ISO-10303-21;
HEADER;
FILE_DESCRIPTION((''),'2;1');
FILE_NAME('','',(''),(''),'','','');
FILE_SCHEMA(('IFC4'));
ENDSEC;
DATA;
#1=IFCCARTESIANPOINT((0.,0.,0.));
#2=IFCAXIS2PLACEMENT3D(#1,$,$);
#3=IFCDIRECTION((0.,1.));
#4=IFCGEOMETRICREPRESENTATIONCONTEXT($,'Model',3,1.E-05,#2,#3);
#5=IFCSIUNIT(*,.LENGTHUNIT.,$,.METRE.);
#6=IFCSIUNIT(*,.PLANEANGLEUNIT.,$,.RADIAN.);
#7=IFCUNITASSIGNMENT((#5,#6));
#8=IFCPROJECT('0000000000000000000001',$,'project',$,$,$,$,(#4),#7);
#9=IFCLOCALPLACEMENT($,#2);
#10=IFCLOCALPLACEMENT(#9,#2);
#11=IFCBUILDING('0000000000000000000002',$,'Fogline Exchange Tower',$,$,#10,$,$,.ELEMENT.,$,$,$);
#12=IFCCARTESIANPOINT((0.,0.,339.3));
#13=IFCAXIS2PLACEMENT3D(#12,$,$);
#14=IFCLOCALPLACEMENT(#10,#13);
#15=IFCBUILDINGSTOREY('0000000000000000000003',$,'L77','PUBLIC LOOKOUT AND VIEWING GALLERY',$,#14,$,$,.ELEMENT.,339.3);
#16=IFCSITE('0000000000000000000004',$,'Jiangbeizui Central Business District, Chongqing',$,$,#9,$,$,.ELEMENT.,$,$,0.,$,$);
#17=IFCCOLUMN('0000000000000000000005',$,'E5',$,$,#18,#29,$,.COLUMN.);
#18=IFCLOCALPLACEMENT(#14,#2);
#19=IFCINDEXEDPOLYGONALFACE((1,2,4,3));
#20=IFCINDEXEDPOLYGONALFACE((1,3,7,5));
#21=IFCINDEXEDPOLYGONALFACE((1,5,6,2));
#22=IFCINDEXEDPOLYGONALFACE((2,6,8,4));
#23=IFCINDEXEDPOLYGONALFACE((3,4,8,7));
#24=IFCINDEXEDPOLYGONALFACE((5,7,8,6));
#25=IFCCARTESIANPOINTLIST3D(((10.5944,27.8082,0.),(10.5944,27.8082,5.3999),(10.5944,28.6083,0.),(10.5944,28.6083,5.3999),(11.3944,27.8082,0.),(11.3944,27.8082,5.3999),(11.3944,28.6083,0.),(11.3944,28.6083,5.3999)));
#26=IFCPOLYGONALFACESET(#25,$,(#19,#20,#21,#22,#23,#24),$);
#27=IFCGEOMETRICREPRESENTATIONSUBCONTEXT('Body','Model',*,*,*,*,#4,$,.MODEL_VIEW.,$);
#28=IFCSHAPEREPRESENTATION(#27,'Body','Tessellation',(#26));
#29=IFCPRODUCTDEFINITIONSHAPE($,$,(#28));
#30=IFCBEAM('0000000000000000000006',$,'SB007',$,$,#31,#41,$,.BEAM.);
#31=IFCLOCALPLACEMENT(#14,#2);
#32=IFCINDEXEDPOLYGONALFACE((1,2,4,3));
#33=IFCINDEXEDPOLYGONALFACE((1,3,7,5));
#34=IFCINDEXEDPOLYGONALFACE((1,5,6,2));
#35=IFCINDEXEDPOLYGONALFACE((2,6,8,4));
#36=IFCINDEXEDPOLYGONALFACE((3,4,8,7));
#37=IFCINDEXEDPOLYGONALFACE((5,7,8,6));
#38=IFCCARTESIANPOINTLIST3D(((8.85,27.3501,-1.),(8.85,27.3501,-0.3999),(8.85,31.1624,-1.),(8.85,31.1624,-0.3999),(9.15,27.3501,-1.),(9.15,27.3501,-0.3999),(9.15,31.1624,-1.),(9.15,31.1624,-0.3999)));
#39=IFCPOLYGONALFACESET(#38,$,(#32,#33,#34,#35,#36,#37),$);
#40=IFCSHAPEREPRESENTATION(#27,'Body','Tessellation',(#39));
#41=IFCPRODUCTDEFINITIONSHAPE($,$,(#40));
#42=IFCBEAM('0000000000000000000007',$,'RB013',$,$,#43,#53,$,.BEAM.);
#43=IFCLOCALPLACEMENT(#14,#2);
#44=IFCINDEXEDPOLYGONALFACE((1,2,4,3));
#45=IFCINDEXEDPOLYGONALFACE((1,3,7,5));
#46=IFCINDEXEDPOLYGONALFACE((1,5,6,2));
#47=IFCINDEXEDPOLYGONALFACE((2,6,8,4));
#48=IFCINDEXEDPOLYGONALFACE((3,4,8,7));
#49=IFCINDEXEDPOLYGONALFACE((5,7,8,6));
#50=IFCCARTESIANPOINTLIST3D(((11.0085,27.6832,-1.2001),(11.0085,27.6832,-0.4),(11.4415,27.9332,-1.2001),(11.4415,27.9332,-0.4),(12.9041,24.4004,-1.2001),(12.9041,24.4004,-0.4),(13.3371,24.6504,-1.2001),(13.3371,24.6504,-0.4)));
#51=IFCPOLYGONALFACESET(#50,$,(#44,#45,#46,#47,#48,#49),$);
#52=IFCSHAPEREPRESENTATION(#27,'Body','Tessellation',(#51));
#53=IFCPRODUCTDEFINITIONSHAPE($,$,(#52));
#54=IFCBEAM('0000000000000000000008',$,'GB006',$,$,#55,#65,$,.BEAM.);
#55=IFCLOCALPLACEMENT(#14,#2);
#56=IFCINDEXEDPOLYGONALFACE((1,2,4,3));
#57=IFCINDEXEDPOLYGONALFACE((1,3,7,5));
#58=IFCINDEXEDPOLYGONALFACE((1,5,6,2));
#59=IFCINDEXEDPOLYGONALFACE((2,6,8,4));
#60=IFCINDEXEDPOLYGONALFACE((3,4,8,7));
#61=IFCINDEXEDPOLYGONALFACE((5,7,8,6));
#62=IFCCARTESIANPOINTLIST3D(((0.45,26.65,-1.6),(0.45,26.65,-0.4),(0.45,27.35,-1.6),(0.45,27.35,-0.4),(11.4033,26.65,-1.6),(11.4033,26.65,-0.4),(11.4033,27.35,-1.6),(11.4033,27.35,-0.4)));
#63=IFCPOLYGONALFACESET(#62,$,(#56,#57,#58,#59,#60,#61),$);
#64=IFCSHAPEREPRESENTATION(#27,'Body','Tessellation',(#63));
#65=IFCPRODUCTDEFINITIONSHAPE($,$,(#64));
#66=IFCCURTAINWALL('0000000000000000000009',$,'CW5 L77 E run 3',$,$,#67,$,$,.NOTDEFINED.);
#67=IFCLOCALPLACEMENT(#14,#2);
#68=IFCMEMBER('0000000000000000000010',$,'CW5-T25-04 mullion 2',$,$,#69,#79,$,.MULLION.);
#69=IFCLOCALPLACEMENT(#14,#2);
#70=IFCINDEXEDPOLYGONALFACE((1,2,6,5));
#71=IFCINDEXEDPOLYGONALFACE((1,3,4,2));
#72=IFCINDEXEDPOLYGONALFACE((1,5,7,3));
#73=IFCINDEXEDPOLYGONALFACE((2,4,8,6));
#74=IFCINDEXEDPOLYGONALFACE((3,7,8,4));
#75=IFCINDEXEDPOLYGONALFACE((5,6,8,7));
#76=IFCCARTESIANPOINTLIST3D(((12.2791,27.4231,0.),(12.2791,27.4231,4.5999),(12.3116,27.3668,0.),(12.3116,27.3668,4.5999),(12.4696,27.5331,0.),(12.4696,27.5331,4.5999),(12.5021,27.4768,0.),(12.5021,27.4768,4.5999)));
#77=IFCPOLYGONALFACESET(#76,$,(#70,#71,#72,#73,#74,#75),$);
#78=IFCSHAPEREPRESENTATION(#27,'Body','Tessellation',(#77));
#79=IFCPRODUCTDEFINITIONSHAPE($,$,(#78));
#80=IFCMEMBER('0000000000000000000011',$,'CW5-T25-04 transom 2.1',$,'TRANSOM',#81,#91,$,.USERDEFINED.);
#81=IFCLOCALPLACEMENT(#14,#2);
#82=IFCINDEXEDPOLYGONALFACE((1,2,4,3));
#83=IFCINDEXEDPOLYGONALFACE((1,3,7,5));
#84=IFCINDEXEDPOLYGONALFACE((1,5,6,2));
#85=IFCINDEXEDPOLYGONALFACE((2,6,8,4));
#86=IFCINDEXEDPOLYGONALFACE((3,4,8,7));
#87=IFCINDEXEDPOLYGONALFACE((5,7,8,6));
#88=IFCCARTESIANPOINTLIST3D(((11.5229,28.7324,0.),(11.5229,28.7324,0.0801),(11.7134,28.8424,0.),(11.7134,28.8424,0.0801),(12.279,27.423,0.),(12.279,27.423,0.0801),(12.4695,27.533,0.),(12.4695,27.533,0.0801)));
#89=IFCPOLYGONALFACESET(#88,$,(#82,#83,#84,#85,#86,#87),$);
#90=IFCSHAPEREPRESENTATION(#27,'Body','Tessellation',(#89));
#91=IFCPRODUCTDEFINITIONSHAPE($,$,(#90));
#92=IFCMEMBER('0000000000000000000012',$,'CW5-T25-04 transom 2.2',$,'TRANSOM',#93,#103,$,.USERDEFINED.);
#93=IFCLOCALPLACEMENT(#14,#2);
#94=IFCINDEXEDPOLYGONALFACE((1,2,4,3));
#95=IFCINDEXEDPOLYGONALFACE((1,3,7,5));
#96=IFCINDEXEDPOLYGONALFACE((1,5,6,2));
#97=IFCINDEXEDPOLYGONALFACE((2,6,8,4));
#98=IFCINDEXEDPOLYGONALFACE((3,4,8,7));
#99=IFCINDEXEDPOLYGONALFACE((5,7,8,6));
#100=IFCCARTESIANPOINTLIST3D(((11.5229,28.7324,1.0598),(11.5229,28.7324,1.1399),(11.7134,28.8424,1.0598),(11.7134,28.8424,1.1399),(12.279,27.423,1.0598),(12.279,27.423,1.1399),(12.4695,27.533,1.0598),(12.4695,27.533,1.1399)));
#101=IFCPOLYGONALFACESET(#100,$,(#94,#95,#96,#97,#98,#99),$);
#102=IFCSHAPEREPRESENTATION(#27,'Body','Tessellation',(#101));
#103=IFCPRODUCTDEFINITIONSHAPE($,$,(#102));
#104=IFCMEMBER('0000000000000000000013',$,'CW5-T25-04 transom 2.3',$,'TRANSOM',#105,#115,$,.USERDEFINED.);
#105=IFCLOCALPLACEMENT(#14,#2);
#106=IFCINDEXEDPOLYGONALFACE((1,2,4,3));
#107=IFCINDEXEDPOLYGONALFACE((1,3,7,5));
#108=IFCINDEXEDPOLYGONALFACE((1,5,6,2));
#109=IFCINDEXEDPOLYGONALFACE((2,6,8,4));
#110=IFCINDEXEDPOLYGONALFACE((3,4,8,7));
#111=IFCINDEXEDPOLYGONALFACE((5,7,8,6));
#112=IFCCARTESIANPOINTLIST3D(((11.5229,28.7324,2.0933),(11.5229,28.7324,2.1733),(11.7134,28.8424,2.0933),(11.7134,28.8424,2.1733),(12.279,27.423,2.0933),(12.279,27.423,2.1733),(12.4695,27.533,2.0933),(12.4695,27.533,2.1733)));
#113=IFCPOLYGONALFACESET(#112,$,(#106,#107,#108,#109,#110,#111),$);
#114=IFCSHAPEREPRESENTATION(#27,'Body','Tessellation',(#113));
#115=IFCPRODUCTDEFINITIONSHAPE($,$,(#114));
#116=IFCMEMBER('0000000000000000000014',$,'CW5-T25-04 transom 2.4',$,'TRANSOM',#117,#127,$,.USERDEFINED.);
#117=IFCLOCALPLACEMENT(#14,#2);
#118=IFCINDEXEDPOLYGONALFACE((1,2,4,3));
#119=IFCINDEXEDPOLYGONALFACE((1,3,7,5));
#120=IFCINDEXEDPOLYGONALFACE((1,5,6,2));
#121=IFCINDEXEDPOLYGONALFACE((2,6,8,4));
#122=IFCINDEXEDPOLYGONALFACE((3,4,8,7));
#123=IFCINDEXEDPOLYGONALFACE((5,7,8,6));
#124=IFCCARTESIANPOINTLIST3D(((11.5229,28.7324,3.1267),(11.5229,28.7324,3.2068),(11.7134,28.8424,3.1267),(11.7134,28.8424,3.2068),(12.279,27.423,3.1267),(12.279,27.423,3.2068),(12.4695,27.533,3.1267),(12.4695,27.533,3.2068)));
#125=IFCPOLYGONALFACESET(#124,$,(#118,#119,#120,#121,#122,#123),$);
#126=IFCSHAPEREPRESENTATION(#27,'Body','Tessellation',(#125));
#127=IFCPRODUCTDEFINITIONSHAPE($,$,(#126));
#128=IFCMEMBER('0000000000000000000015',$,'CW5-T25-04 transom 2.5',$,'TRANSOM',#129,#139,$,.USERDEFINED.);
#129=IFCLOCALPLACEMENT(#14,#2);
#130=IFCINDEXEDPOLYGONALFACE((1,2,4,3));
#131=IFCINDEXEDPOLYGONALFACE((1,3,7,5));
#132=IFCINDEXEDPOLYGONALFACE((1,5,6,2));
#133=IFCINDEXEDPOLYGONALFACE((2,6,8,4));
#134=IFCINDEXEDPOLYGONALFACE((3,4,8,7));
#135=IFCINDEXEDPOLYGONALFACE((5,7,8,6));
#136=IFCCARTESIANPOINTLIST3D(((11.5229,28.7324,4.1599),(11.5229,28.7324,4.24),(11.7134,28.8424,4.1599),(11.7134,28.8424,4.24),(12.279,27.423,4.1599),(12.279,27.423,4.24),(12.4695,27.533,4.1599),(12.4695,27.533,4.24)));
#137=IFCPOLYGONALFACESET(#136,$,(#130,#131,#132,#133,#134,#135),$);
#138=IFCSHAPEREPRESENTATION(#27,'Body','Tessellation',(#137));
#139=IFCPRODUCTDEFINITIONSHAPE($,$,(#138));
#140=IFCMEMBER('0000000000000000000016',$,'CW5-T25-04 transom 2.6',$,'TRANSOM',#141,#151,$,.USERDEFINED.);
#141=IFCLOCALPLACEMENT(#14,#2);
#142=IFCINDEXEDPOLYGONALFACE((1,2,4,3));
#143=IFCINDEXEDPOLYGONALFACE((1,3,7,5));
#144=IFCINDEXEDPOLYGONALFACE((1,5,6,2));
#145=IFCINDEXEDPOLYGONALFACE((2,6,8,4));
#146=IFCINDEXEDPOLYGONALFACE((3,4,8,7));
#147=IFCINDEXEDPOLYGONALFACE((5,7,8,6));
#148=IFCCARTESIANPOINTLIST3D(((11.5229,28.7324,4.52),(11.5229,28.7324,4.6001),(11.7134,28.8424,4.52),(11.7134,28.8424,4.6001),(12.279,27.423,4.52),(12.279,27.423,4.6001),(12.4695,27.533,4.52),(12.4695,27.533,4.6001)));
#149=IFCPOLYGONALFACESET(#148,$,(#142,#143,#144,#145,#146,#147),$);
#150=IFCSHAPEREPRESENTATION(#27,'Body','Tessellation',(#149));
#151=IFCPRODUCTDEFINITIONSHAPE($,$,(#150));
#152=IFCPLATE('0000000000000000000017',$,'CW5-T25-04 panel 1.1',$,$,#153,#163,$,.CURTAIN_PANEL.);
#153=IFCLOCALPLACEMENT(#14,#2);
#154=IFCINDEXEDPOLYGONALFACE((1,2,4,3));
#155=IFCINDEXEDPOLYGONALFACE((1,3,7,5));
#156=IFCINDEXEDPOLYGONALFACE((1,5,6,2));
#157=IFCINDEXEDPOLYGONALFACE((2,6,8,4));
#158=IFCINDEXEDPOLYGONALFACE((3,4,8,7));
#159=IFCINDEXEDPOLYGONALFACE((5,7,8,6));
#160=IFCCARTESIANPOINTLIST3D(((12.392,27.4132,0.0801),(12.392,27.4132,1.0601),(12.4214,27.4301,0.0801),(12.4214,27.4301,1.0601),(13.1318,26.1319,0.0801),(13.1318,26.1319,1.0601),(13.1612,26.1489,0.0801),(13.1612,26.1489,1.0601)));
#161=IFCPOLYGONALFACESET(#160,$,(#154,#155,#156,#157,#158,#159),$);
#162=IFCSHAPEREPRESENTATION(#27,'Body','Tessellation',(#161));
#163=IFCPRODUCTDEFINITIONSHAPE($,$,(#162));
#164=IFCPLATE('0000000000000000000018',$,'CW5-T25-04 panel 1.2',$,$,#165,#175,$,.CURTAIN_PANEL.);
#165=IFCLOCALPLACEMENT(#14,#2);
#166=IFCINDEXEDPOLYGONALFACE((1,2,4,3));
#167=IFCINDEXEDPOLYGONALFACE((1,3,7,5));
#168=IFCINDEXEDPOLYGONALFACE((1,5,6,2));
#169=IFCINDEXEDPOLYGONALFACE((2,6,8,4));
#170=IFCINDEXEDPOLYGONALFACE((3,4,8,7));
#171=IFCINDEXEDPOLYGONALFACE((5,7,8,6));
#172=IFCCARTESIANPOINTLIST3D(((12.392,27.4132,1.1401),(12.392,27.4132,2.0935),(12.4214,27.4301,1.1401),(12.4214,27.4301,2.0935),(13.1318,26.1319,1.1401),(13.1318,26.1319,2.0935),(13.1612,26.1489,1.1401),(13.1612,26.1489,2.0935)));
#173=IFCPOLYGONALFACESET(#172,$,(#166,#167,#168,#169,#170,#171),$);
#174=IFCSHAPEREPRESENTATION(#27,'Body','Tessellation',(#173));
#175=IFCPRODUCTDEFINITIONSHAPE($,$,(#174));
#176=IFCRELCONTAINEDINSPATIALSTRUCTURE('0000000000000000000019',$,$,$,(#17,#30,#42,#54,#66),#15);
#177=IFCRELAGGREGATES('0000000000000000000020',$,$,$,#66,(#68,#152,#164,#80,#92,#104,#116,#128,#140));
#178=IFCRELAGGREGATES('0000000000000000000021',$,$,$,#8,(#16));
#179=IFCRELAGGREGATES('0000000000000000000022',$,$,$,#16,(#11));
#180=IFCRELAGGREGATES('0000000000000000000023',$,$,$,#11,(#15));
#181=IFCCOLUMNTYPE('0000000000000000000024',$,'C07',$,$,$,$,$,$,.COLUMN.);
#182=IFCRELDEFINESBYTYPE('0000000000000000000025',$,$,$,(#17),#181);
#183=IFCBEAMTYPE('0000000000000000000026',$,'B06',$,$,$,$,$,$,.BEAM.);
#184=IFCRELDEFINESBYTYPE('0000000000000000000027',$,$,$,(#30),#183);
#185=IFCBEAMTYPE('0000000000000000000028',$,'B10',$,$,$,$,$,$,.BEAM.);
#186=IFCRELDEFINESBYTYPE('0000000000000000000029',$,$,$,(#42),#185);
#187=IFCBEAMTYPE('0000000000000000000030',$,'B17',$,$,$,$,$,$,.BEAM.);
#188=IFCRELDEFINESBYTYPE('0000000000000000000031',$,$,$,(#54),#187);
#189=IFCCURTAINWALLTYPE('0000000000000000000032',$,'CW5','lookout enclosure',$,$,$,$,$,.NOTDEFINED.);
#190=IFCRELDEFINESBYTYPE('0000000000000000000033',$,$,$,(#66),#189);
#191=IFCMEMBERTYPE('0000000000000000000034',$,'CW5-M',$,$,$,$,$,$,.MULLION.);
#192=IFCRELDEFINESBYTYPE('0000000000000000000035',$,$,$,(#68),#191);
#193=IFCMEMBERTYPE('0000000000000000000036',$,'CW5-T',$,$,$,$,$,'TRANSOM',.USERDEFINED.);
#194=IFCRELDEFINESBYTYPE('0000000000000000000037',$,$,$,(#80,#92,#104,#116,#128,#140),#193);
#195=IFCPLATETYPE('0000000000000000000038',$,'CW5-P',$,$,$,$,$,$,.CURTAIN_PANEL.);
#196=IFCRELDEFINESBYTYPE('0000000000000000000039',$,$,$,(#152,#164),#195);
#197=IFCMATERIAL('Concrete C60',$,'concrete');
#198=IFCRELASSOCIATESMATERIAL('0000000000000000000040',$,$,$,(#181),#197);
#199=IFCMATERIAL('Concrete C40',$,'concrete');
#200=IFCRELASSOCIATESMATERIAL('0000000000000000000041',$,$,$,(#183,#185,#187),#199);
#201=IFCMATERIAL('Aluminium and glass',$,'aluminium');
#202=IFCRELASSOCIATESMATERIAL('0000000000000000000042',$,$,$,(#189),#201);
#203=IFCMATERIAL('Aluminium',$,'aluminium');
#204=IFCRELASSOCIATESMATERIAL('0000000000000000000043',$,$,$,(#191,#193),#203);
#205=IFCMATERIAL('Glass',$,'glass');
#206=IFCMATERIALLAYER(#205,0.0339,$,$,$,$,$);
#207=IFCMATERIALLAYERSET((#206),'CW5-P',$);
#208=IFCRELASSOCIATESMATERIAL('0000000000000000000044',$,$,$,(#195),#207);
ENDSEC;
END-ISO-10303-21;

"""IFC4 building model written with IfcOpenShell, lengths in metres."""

from ifc_helpers import new_model, si_unit, direction, frame, origin, origin_2d, place, context, subcontext, project, spatial, rectangle, extrude, material, layer, layer_set, material_profile, profile_set, type_object, element, aggregate, save


model = new_model("IFC4")

# Units and contexts
model_context = context("Model", 3, precision=1e-05, world=origin(), true_north=direction((0.0, 1.0)))
body_context = subcontext(model_context, "Body", "Model", "MODEL_VIEW")
ifc_project = project(units=[si_unit("LENGTHUNIT", "METRE"), si_unit("PLANEANGLEUNIT", "RADIAN")], contexts=[model_context])

# Site, building, storey
site_placement = place(None, origin())
site = spatial("IfcSite", under=ifc_project, at=site_placement, Name="Jiangbeizui Central Business District, Chongqing", CompositionType="ELEMENT", RefElevation=0.0)
building_placement = place(site_placement, origin())
building = spatial("IfcBuilding", under=site, at=building_placement, Name="Fogline Exchange Tower", CompositionType="ELEMENT")
storey_placement = place(building_placement, frame((0.0, 0.0, 339.3)))
storey = spatial("IfcBuildingStorey", under=building, at=storey_placement, Name="L77", Description="PUBLIC LOOKOUT AND VIEWING GALLERY", CompositionType="ELEMENT", Elevation=339.3)

# Column
ifc_material_1 = material(Name="Concrete C60", Category="concrete")
ifc_material_profile_1 = material_profile(ifc_material_1, rectangle(XDim=0.8, YDim=0.8, at=origin_2d()), Name="RC 800x800")
ifc_profile_set_1 = profile_set([ifc_material_profile_1], Name="Concrete C60")
column_type = type_object("IfcColumnType", Name="C07", PredefinedType="COLUMN", material=ifc_profile_set_1)
column_placement = place(storey_placement, frame((10.9944, 28.2083, 0.0), z_axis=(0.0, 0.0, 1.0), x_axis=(1.0, 0.0, 0.0)))
element("IfcColumn", 1, at=column_placement, inside=storey, type_object=column_type, Name="E5", PredefinedType="COLUMN", context=body_context, shape_type="SweptSolid", body=[
    extrude(rectangle(XDim=0.8, YDim=0.8, at=origin_2d()), origin(), (0.0, 0.0, 1.0), 5.3999),
])

# Beams
ifc_material_2 = material(Name="Concrete C40", Category="concrete")
ifc_material_profile_2 = material_profile(ifc_material_2, rectangle(XDim=0.3, YDim=0.6001, at=origin_2d()), Name="RC 300x600")
ifc_profile_set_2 = profile_set([ifc_material_profile_2], Name="Concrete C40")
beam_type_1 = type_object("IfcBeamType", Name="B06", PredefinedType="BEAM", material=ifc_profile_set_2)
beam_1_placement = place(storey_placement, frame((9.0, 27.3501, -0.7), z_axis=(0.0, 1.0, 0.0), x_axis=(-1.0, 0.0, 0.0)))
element("IfcBeam", 2, at=beam_1_placement, inside=storey, type_object=beam_type_1, Name="SB007", PredefinedType="BEAM", context=body_context, shape_type="SweptSolid", body=[
    extrude(rectangle(XDim=0.3, YDim=0.6001, at=origin_2d()), origin(), (0.0, 0.0, 1.0), 3.8123),
])
ifc_material_profile_3 = material_profile(ifc_material_2, rectangle(XDim=0.5, YDim=0.8, at=origin_2d()), Name="RC 500x800")
ifc_profile_set_3 = profile_set([ifc_material_profile_3], Name="Concrete C40")
beam_type_2 = type_object("IfcBeamType", Name="B10", PredefinedType="BEAM", material=ifc_profile_set_3)
beam_2_placement = place(storey_placement, frame((13.1206, 24.5254, -0.8), z_axis=(-0.500046, 0.865999, 0.0), x_axis=(-0.865999, -0.500046, 0.0)))
element("IfcBeam", 3, at=beam_2_placement, inside=storey, type_object=beam_type_2, Name="RB013", PredefinedType="BEAM", context=body_context, shape_type="SweptSolid", body=[
    extrude(rectangle(XDim=0.5, YDim=0.8, at=origin_2d()), origin(), (0.0, 0.0, 1.0), 3.7908),
])
ifc_material_profile_4 = material_profile(ifc_material_2, rectangle(XDim=0.7, YDim=1.2, at=origin_2d()), Name="RC 700x1200")
ifc_profile_set_4 = profile_set([ifc_material_profile_4], Name="Concrete C40")
beam_type_3 = type_object("IfcBeamType", Name="B17", PredefinedType="BEAM", material=ifc_profile_set_4)
beam_3_placement = place(storey_placement, frame((0.45, 27.0, -1.0), z_axis=(1.0, 0.0, 0.0), x_axis=(0.0, 1.0, 0.0)))
element("IfcBeam", 4, at=beam_3_placement, inside=storey, type_object=beam_type_3, Name="GB006", PredefinedType="BEAM", context=body_context, shape_type="SweptSolid", body=[
    extrude(rectangle(XDim=0.7, YDim=1.2, at=origin_2d()), origin(), (0.0, 0.0, 1.0), 10.9534),
])

# Curtain wall, members, plates
ifc_material_3 = material(Name="Aluminium and glass", Category="aluminium")
curtain_wall_type = type_object("IfcCurtainWallType", Name="CW5", Description="lookout enclosure", PredefinedType="NOTDEFINED", material=ifc_material_3)
curtain_wall_placement = place(storey_placement, origin())
curtain_wall = element("IfcCurtainWall", 5, at=curtain_wall_placement, inside=storey, type_object=curtain_wall_type, Name="CW5 L77 E run 3", PredefinedType="NOTDEFINED")
ifc_material_4 = material(Name="Aluminium", Category="aluminium")
ifc_material_profile_5 = material_profile(ifc_material_4, rectangle(XDim=0.22, YDim=0.0649, at=origin_2d()), Name="Mullion 65x220")
ifc_profile_set_5 = profile_set([ifc_material_profile_5], Name="Aluminium")
member_type_1 = type_object("IfcMemberType", Name="CW5-M", PredefinedType="MULLION", material=ifc_profile_set_5)
member_1_placement = place(storey_placement, frame((12.3906, 27.45, 0.0), z_axis=(0.0, 0.0, 1.0), x_axis=(-0.866025, -0.5, 0.0)))
member_1 = element("IfcMember", 6, at=member_1_placement, type_object=member_type_1, Name="CW5-T25-04 mullion 2", PredefinedType="MULLION", context=body_context, shape_type="SweptSolid", body=[
    extrude(rectangle(XDim=0.22, YDim=0.0649, at=origin_2d()), origin(), (0.0, 0.0, 1.0), 4.5999),
])
ifc_material_profile_6 = material_profile(ifc_material_4, rectangle(XDim=0.22, YDim=0.0801, at=origin_2d()), Name="Transom 80x220")
ifc_profile_set_6 = profile_set([ifc_material_profile_6], Name="Aluminium")
member_type_2 = type_object("IfcMemberType", Name="CW5-T", ElementType="TRANSOM", PredefinedType="USERDEFINED", material=ifc_profile_set_6)
member_2_placement = place(storey_placement, frame((12.3743, 27.478, 0.04), z_axis=(-0.500081, 0.865979, 0.0), x_axis=(-0.865979, -0.500081, 0.0)))
member_2 = element("IfcMember", 7, at=member_2_placement, type_object=member_type_2, Name="CW5-T25-04 transom 2.1", ObjectType="TRANSOM", PredefinedType="USERDEFINED", context=body_context, shape_type="SweptSolid", body=[
    extrude(rectangle(XDim=0.22, YDim=0.0801, at=origin_2d()), origin(), (0.0, 0.0, 1.0), 1.512),
])
member_3_placement = place(storey_placement, frame((12.3743, 27.478, 1.0999), z_axis=(-0.500081, 0.865979, 0.0), x_axis=(-0.865979, -0.500081, 0.0)))
member_3 = element("IfcMember", 8, at=member_3_placement, type_object=member_type_2, Name="CW5-T25-04 transom 2.2", ObjectType="TRANSOM", PredefinedType="USERDEFINED", context=body_context, shape_type="SweptSolid", body=[
    extrude(rectangle(XDim=0.22, YDim=0.0801, at=origin_2d()), origin(), (0.0, 0.0, 1.0), 1.512),
])
member_4_placement = place(storey_placement, frame((12.3743, 27.478, 2.1333), z_axis=(-0.500081, 0.865979, 0.0), x_axis=(-0.865979, -0.500081, 0.0)))
member_4 = element("IfcMember", 9, at=member_4_placement, type_object=member_type_2, Name="CW5-T25-04 transom 2.3", ObjectType="TRANSOM", PredefinedType="USERDEFINED", context=body_context, shape_type="SweptSolid", body=[
    extrude(rectangle(XDim=0.22, YDim=0.0801, at=origin_2d()), origin(), (0.0, 0.0, 1.0), 1.512),
])
member_5_placement = place(storey_placement, frame((12.3743, 27.478, 3.1667), z_axis=(-0.500081, 0.865979, 0.0), x_axis=(-0.865979, -0.500081, 0.0)))
member_5 = element("IfcMember", 10, at=member_5_placement, type_object=member_type_2, Name="CW5-T25-04 transom 2.4", ObjectType="TRANSOM", PredefinedType="USERDEFINED", context=body_context, shape_type="SweptSolid", body=[
    extrude(rectangle(XDim=0.22, YDim=0.0801, at=origin_2d()), origin(), (0.0, 0.0, 1.0), 1.512),
])
member_6_placement = place(storey_placement, frame((12.3743, 27.478, 4.2), z_axis=(-0.500081, 0.865979, 0.0), x_axis=(-0.865979, -0.500081, 0.0)))
member_6 = element("IfcMember", 11, at=member_6_placement, type_object=member_type_2, Name="CW5-T25-04 transom 2.5", ObjectType="TRANSOM", PredefinedType="USERDEFINED", context=body_context, shape_type="SweptSolid", body=[
    extrude(rectangle(XDim=0.22, YDim=0.0801, at=origin_2d()), origin(), (0.0, 0.0, 1.0), 1.512),
])
member_7_placement = place(storey_placement, frame((12.3743, 27.478, 4.5601), z_axis=(-0.500081, 0.865979, 0.0), x_axis=(-0.865979, -0.500081, 0.0)))
member_7 = element("IfcMember", 12, at=member_7_placement, type_object=member_type_2, Name="CW5-T25-04 transom 2.6", ObjectType="TRANSOM", PredefinedType="USERDEFINED", context=body_context, shape_type="SweptSolid", body=[
    extrude(rectangle(XDim=0.22, YDim=0.0801, at=origin_2d()), origin(), (0.0, 0.0, 1.0), 1.512),
])
ifc_material_5 = material(Name="Glass", Category="glass")
ifc_layer_1 = layer(ifc_material_5, 0.0339)
ifc_layer_set_1 = layer_set([ifc_layer_1], Name="CW5-P")
plate_type = type_object("IfcPlateType", Name="CW5-P", PredefinedType="CURTAIN_PANEL", material=ifc_layer_set_1)
plate_1_placement = place(storey_placement, frame((12.7766, 26.781, 0.0801), z_axis=(0.0, 0.0, 1.0), x_axis=(-0.5, 0.866025, 0.0)))
plate_1 = element("IfcPlate", 13, at=plate_1_placement, type_object=plate_type, Name="CW5-T25-04 panel 1.1", PredefinedType="CURTAIN_PANEL", context=body_context, shape_type="SweptSolid", body=[
    extrude(rectangle(XDim=1.4795, YDim=0.0339, at=origin_2d()), origin(), (0.0, 0.0, 1.0), 0.98),
])
plate_2_placement = place(storey_placement, frame((12.7766, 26.781, 1.1401), z_axis=(0.0, 0.0, 1.0), x_axis=(-0.5, 0.866025, 0.0)))
plate_2 = element("IfcPlate", 14, at=plate_2_placement, type_object=plate_type, Name="CW5-T25-04 panel 1.2", PredefinedType="CURTAIN_PANEL", context=body_context, shape_type="SweptSolid", body=[
    extrude(rectangle(XDim=1.4795, YDim=0.0339, at=origin_2d()), origin(), (0.0, 0.0, 1.0), 0.9534),
])
aggregate(curtain_wall, [member_1, plate_1, plate_2, member_2, member_3, member_4, member_5, member_6, member_7])

save(model, "model.ifc")
